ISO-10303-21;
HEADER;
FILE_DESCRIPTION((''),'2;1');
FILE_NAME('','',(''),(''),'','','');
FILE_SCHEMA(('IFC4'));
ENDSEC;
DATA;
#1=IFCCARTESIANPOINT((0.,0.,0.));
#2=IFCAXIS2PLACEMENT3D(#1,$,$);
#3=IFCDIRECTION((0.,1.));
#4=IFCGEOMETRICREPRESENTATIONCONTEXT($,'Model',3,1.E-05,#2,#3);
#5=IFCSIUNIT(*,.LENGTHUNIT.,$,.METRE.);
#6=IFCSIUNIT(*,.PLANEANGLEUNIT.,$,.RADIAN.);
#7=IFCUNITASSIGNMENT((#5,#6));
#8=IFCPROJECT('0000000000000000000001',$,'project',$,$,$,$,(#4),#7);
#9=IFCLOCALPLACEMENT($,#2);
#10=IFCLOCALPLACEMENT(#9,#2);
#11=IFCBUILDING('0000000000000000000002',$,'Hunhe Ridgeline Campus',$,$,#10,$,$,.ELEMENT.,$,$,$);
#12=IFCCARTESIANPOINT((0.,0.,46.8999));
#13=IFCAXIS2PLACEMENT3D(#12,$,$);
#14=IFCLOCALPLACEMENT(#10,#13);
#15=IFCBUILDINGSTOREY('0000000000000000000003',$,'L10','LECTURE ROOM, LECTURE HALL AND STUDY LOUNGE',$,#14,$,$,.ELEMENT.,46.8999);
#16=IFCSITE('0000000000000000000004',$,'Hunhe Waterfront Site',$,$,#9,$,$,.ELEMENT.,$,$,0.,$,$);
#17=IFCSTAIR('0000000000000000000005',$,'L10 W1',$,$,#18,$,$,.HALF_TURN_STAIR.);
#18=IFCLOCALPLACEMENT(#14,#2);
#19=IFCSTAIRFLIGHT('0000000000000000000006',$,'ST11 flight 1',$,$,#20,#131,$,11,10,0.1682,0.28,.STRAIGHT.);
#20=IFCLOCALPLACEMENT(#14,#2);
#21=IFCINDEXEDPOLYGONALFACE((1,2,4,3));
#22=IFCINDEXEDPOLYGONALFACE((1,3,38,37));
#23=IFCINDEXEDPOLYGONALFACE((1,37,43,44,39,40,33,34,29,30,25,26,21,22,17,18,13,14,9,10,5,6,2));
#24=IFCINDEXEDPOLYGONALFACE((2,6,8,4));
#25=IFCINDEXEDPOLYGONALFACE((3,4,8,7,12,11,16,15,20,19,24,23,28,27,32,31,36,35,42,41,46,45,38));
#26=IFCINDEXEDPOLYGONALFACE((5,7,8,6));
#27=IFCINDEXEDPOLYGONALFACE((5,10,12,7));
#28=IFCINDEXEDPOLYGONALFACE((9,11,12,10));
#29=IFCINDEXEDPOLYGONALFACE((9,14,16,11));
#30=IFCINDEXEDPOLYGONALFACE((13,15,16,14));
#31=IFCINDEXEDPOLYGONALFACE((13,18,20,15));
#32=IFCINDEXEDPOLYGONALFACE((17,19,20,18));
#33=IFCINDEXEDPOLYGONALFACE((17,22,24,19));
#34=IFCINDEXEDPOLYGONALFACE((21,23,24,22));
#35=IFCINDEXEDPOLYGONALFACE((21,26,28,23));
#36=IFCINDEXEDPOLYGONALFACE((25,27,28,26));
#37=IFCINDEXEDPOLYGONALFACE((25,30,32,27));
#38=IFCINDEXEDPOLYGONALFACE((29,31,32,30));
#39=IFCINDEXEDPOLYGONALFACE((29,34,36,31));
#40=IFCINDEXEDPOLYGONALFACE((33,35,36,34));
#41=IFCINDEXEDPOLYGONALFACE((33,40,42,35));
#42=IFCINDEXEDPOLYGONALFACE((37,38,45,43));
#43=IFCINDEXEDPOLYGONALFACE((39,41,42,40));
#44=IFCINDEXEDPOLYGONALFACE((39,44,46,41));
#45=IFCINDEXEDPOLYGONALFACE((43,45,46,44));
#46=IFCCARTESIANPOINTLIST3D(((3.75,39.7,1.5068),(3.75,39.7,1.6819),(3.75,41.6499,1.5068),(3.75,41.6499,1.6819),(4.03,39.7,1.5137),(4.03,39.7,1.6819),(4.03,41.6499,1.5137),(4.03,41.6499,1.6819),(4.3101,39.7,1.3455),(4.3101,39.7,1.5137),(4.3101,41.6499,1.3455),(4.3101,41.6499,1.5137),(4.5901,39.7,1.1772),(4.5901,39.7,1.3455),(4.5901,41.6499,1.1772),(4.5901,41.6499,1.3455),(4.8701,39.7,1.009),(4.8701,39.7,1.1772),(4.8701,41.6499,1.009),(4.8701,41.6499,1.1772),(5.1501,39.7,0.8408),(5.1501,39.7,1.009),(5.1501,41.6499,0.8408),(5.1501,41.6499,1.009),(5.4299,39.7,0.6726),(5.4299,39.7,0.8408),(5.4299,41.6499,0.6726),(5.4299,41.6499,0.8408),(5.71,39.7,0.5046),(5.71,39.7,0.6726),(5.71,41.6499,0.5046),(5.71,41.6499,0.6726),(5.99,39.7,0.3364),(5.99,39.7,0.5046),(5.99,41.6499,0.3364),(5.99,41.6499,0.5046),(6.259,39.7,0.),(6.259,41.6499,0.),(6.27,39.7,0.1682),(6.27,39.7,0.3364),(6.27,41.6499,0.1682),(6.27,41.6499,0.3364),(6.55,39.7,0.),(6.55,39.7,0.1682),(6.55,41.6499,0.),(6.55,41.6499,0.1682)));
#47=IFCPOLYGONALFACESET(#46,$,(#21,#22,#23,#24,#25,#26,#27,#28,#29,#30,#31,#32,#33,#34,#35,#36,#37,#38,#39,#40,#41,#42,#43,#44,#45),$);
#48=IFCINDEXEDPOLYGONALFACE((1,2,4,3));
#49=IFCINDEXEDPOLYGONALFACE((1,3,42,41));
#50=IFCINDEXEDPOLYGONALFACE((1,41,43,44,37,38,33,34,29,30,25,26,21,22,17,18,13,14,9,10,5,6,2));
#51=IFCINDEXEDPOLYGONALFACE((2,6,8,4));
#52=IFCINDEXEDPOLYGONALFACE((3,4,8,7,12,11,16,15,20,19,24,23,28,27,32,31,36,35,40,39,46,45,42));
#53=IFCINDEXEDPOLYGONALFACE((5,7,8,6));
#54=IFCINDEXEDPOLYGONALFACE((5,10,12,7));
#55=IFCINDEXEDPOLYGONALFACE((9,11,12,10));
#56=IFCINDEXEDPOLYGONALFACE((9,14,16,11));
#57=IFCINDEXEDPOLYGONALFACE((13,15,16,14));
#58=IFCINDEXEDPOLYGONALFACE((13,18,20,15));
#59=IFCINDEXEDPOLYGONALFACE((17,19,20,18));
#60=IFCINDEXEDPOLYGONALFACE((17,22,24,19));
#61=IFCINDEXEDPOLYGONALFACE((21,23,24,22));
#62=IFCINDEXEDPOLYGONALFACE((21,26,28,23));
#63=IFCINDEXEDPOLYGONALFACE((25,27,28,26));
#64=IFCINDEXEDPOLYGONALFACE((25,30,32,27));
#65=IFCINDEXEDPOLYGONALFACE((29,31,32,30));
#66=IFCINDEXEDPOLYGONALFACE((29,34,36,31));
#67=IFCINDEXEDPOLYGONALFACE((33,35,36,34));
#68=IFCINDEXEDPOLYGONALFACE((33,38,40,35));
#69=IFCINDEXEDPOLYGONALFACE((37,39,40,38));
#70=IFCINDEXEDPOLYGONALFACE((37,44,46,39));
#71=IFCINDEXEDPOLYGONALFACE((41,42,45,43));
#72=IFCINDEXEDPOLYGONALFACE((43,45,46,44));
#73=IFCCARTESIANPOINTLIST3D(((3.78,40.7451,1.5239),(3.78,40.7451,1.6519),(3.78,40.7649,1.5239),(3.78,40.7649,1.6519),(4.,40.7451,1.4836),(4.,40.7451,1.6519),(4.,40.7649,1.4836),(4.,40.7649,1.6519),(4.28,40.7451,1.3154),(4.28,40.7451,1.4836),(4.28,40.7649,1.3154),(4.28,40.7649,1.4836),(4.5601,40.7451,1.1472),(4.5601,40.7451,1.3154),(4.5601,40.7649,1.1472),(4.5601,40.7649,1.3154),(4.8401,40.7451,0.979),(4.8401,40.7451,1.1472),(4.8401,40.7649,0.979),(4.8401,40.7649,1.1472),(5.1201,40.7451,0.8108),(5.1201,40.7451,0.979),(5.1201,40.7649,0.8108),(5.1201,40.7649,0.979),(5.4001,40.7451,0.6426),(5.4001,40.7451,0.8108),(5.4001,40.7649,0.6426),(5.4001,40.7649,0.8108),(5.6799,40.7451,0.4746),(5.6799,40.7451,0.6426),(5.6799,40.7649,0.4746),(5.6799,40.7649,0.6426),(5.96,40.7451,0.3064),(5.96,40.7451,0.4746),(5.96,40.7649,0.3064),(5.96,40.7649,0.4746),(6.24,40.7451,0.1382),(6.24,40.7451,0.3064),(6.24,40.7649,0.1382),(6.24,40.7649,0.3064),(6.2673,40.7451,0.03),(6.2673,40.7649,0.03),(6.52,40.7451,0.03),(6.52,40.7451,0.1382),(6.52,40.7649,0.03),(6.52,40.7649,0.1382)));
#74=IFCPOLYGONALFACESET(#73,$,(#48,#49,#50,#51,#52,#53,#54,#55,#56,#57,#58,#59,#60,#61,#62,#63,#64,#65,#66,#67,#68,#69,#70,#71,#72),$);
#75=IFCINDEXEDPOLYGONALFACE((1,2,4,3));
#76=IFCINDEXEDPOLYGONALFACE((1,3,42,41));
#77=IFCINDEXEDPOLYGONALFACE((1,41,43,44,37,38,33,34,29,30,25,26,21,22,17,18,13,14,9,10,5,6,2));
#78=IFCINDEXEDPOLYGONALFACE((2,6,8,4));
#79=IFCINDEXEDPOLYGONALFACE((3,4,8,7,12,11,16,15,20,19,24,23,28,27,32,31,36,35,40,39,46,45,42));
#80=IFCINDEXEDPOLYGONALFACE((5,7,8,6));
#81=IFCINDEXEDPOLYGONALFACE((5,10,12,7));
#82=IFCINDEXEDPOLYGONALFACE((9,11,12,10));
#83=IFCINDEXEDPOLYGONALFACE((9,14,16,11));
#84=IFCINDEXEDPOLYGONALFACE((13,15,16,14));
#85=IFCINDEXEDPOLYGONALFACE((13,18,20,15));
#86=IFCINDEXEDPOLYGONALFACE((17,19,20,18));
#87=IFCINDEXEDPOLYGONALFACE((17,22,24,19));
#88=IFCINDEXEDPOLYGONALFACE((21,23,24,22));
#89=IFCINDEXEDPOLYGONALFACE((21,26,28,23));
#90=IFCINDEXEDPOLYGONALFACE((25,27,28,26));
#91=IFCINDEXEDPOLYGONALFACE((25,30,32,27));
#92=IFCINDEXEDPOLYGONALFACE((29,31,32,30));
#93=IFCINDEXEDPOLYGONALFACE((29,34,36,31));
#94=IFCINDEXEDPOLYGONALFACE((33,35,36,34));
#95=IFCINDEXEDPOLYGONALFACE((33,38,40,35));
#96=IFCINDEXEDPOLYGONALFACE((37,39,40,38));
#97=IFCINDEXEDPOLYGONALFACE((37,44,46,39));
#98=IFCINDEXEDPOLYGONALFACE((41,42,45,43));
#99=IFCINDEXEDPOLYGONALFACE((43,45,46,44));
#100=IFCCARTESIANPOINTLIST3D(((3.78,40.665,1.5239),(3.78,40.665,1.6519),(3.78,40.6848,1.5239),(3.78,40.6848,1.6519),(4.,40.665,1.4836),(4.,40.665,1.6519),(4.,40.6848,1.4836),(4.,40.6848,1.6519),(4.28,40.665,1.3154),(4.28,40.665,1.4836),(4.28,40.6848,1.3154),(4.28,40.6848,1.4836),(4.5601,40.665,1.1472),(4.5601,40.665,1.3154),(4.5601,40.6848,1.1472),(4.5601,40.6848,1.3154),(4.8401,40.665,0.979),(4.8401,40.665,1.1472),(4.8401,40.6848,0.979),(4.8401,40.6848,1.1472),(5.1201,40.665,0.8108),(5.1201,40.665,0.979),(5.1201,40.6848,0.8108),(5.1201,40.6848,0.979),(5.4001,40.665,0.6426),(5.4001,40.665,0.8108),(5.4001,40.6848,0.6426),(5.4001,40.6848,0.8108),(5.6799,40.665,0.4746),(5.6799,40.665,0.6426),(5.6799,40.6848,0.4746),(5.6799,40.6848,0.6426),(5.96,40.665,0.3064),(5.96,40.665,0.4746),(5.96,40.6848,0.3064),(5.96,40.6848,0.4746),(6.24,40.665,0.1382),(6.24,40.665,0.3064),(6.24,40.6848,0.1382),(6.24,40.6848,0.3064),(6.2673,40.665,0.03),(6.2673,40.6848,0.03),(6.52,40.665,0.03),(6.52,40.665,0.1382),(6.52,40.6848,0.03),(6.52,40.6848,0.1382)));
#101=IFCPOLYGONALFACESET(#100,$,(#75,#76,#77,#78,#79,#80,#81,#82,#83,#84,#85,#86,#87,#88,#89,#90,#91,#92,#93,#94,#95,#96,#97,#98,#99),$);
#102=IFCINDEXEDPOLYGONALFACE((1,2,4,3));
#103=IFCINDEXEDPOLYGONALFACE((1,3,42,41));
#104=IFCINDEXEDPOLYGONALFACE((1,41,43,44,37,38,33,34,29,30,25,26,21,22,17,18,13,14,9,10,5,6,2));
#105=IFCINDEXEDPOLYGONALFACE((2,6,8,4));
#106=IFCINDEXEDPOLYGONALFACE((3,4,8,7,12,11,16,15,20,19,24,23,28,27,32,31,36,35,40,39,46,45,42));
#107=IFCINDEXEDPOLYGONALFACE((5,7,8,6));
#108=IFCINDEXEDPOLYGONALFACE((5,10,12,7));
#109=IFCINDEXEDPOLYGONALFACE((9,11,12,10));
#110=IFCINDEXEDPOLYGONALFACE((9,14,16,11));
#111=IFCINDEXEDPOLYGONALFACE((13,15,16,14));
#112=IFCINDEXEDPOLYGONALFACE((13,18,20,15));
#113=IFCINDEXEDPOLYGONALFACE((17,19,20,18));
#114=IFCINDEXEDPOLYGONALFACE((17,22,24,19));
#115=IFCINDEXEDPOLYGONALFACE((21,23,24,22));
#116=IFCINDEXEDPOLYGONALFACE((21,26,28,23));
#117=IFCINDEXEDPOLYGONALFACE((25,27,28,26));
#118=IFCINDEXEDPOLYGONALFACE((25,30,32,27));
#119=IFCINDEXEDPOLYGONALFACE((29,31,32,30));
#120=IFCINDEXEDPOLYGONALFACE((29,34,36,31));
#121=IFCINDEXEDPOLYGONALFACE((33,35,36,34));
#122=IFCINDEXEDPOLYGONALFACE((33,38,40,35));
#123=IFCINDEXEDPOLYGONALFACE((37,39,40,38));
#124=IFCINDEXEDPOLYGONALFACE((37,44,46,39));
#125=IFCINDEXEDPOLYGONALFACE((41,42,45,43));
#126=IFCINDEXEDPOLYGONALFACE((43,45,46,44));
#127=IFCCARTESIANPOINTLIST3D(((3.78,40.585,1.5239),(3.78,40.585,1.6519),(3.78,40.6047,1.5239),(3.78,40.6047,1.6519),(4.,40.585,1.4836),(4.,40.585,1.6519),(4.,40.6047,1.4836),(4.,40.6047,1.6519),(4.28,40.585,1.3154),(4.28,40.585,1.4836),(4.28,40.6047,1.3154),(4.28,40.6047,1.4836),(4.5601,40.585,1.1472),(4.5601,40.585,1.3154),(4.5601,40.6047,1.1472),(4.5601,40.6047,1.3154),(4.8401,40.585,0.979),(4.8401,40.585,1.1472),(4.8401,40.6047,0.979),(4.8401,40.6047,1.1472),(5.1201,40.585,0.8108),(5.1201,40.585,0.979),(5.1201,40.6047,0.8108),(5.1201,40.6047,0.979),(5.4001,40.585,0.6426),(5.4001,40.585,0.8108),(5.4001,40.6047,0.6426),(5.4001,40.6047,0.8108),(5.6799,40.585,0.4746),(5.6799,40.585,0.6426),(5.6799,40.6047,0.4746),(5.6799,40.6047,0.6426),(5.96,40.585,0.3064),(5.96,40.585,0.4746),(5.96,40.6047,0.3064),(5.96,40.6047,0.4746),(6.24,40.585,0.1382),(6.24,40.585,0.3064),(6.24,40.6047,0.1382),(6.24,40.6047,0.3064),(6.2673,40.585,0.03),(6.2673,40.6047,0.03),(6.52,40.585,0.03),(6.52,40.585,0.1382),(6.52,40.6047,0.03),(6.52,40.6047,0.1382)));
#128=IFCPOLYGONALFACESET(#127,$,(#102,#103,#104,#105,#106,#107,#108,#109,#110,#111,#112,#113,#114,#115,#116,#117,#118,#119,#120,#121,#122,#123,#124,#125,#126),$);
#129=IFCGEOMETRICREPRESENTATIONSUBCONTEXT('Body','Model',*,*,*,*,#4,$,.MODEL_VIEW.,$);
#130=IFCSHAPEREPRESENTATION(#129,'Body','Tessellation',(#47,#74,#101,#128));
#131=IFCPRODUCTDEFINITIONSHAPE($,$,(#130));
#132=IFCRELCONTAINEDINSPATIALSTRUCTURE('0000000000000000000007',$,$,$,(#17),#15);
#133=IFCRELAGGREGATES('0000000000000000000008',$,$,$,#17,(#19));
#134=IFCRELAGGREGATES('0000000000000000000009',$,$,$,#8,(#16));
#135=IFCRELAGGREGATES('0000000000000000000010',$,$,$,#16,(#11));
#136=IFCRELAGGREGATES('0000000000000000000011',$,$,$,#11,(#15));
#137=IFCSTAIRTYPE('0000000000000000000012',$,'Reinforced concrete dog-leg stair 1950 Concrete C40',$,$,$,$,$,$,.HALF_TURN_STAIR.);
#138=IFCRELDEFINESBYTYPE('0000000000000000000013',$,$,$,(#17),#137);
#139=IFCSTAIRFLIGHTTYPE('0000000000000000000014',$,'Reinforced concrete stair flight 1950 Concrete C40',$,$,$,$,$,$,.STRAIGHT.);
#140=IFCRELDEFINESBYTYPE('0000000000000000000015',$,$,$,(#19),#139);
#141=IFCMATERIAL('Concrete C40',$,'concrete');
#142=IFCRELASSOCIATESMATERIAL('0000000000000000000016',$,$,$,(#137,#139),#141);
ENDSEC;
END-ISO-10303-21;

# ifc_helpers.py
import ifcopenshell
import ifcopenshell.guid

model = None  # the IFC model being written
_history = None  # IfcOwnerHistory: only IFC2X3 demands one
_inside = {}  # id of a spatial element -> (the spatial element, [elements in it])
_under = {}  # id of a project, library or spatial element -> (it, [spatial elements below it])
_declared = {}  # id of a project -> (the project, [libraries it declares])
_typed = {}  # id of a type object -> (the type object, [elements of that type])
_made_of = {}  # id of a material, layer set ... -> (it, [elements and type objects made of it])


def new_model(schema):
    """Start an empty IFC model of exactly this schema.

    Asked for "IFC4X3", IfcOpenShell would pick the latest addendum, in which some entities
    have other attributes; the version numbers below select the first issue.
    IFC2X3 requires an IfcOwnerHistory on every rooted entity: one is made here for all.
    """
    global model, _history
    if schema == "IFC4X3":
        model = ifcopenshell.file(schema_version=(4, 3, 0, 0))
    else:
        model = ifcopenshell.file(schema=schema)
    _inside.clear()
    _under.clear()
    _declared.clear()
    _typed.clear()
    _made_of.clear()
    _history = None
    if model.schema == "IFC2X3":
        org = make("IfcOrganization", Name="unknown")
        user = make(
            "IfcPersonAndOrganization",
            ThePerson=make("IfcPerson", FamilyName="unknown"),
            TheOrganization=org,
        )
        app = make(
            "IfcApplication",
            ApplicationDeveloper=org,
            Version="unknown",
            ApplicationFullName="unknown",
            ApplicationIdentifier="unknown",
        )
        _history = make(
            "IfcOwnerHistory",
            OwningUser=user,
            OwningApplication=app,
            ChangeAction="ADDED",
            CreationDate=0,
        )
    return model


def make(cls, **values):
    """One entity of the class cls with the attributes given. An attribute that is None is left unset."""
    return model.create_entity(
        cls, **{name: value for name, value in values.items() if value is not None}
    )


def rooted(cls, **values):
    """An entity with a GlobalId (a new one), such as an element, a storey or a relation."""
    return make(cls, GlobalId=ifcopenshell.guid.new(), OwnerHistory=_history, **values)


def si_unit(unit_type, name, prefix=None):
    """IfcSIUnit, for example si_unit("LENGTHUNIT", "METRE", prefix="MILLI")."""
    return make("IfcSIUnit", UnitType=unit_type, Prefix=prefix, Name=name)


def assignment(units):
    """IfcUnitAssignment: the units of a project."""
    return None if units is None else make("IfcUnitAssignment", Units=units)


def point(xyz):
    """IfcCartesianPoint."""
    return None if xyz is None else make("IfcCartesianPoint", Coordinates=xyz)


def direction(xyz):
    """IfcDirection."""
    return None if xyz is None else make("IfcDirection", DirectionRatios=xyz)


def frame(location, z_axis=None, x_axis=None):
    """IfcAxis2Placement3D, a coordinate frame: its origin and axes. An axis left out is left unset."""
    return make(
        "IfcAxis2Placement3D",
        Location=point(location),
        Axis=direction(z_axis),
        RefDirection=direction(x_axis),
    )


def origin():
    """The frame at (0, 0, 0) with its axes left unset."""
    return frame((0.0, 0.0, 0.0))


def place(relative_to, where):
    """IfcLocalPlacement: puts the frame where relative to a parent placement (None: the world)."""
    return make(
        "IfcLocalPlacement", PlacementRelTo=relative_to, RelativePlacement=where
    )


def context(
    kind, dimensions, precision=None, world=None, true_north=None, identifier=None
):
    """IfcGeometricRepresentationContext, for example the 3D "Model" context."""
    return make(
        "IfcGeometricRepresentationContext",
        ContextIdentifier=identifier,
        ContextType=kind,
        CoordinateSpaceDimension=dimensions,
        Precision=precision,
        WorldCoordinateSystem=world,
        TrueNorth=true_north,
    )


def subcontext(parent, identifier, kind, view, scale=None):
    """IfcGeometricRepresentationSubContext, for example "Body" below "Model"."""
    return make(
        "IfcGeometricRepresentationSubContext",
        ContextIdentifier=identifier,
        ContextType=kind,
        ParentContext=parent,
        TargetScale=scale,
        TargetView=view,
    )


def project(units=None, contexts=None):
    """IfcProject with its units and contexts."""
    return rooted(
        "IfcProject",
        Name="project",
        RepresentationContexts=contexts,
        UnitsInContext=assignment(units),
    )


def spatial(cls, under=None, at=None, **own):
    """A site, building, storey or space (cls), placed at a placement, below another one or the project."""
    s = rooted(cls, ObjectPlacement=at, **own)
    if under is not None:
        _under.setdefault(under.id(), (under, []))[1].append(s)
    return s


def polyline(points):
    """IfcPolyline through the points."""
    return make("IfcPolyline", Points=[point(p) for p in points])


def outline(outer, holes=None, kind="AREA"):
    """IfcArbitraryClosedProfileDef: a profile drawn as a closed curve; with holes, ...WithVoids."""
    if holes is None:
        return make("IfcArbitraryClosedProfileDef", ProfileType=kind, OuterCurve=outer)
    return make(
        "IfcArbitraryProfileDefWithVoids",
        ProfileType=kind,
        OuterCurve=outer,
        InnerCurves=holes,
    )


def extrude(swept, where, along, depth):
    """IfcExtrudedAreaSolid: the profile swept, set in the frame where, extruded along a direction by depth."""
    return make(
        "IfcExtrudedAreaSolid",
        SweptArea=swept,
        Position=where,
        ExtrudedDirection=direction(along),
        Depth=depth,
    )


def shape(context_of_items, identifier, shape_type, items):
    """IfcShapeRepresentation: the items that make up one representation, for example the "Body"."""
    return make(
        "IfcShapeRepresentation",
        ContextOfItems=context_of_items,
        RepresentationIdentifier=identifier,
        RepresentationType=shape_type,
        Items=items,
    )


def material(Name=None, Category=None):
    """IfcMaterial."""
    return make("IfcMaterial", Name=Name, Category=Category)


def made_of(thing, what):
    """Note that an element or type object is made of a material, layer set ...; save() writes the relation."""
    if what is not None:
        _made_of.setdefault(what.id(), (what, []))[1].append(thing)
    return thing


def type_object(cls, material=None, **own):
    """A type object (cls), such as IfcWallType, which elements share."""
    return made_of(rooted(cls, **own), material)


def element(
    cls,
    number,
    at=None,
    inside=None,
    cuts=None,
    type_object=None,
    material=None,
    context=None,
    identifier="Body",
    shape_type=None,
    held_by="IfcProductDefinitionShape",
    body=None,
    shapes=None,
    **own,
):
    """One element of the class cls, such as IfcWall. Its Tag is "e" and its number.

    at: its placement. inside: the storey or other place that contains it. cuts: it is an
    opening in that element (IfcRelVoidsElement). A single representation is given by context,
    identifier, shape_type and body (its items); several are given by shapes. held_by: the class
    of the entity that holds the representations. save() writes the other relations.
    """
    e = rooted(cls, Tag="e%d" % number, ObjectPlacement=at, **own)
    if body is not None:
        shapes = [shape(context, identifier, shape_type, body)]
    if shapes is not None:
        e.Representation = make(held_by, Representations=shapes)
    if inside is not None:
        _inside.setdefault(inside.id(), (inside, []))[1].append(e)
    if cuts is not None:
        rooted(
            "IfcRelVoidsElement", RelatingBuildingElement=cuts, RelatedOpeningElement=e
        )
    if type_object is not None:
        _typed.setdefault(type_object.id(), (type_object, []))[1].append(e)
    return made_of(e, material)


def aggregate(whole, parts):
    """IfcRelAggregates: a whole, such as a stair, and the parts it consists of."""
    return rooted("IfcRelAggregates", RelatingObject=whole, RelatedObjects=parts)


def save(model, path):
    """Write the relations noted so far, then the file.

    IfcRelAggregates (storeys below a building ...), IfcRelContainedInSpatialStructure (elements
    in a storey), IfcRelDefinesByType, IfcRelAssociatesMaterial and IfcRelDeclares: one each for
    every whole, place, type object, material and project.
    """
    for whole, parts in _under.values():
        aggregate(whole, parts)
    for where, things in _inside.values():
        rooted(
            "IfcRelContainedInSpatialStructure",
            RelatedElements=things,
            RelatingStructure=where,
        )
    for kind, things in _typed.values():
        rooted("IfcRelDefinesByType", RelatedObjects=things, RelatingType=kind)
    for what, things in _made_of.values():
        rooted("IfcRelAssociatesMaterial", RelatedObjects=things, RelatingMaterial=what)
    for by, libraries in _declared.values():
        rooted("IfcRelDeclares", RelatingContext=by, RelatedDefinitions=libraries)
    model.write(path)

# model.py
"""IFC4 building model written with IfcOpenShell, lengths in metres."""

from ifc_helpers import new_model, si_unit, direction, frame, origin, place, context, subcontext, project, spatial, polyline, outline, extrude, material, type_object, element, aggregate, save


model = new_model("IFC4")

# Units and contexts
model_context = context("Model", 3, precision=1e-05, world=origin(), true_north=direction((0.0, 1.0)))
body_context = subcontext(model_context, "Body", "Model", "MODEL_VIEW")
ifc_project = project(units=[si_unit("LENGTHUNIT", "METRE"), si_unit("PLANEANGLEUNIT", "RADIAN")], contexts=[model_context])

# Site, building, storey
site_placement = place(None, origin())
site = spatial("IfcSite", under=ifc_project, at=site_placement, Name="Hunhe Waterfront Site", CompositionType="ELEMENT", RefElevation=0.0)
building_placement = place(site_placement, origin())
building = spatial("IfcBuilding", under=site, at=building_placement, Name="Hunhe Ridgeline Campus", CompositionType="ELEMENT")
storey_placement = place(building_placement, frame((0.0, 0.0, 46.8999)))
storey = spatial("IfcBuildingStorey", under=building, at=storey_placement, Name="L10", Description="LECTURE ROOM, LECTURE HALL AND STUDY LOUNGE", CompositionType="ELEMENT", Elevation=46.8999)

# Stair, stair flight
ifc_material_1 = material(Name="Concrete C40", Category="concrete")
stair_type = type_object("IfcStairType", Name="Reinforced concrete dog-leg stair 1950 Concrete C40", PredefinedType="HALF_TURN_STAIR", material=ifc_material_1)
stair_placement = place(storey_placement, origin())
stair = element("IfcStair", 1, at=stair_placement, inside=storey, type_object=stair_type, Name="L10 W1", PredefinedType="HALF_TURN_STAIR")
stair_flight_type = type_object("IfcStairFlightType", Name="Reinforced concrete stair flight 1950 Concrete C40", PredefinedType="STRAIGHT", material=ifc_material_1)
stair_flight_1_placement = place(storey_placement, frame((6.55, 40.675, 0.0), z_axis=(0.0, 0.0, 1.0), x_axis=(-1.0, 0.0, 0.0)))
stair_flight_1 = element("IfcStairFlight", 2, at=stair_flight_1_placement, type_object=stair_flight_type, Name="ST11 flight 1", NumberOfRisers=11, NumberOfTreads=10, PredefinedType="STRAIGHT", RiserHeight=0.1682, TreadLength=0.28, context=body_context, shape_type="SweptSolid", body=[
    extrude(outline(polyline([(0.0, 0.0), (0.0, 0.1682), (0.28, 0.1682), (0.28, 0.3364), (0.5601, 0.3364), (0.5601, 0.5046), (0.8401, 0.5046), (0.8401, 0.6726), (1.1201, 0.6726), (1.1201, 0.8408), (1.3999, 0.8408), (1.3999, 1.009), (1.6799, 1.009), (1.6799, 1.1772), (1.96, 1.1772), (1.96, 1.3455), (2.24, 1.3455), (2.24, 1.5137), (2.52, 1.5137), (2.52, 1.6819), (2.8, 1.6819), (2.8, 1.8501), (2.8, 1.5068), (0.291, 0.0), (0.0, 0.0)])), frame((0.0, 0.9751, 0.0), z_axis=(0.0, -1.0, 0.0), x_axis=(1.0, 0.0, 0.0)), (0.0, 0.0, 1.0), 1.95),
    extrude(outline(polyline([(0.03, 0.03), (0.03, 0.1382), (0.3101, 0.1382), (0.3101, 0.3064), (0.5901, 0.3064), (0.5901, 0.4746), (0.8701, 0.4746), (0.8701, 0.6426), (1.1499, 0.6426), (1.1499, 0.8108), (1.4299, 0.8108), (1.4299, 0.979), (1.71, 0.979), (1.71, 1.1472), (1.99, 1.1472), (1.99, 1.3154), (2.27, 1.3154), (2.27, 1.4836), (2.55, 1.4836), (2.55, 1.6519), (2.77, 1.6519), (2.77, 1.5239), (0.2827, 0.03), (0.03, 0.03)])), frame((0.0, -0.0701, 0.0), z_axis=(0.0, -1.0, 0.0), x_axis=(1.0, 0.0, 0.0)), (0.0, 0.0, 1.0), 0.0198),
    extrude(outline(polyline([(0.03, 0.03), (0.03, 0.1382), (0.3101, 0.1382), (0.3101, 0.3064), (0.5901, 0.3064), (0.5901, 0.4746), (0.8701, 0.4746), (0.8701, 0.6426), (1.1499, 0.6426), (1.1499, 0.8108), (1.4299, 0.8108), (1.4299, 0.979), (1.71, 0.979), (1.71, 1.1472), (1.99, 1.1472), (1.99, 1.3154), (2.27, 1.3154), (2.27, 1.4836), (2.55, 1.4836), (2.55, 1.6519), (2.77, 1.6519), (2.77, 1.5239), (0.2827, 0.03), (0.03, 0.03)])), frame((0.0, 0.01, 0.0), z_axis=(0.0, -1.0, 0.0), x_axis=(1.0, 0.0, 0.0)), (0.0, 0.0, 1.0), 0.0198),
    extrude(outline(polyline([(0.03, 0.03), (0.03, 0.1382), (0.3101, 0.1382), (0.3101, 0.3064), (0.5901, 0.3064), (0.5901, 0.4746), (0.8701, 0.4746), (0.8701, 0.6426), (1.1499, 0.6426), (1.1499, 0.8108), (1.4299, 0.8108), (1.4299, 0.979), (1.71, 0.979), (1.71, 1.1472), (1.99, 1.1472), (1.99, 1.3154), (2.27, 1.3154), (2.27, 1.4836), (2.55, 1.4836), (2.55, 1.6519), (2.77, 1.6519), (2.77, 1.5239), (0.2827, 0.03), (0.03, 0.03)])), frame((0.0, 0.0901, 0.0), z_axis=(0.0, -1.0, 0.0), x_axis=(1.0, 0.0, 0.0)), (0.0, 0.0, 1.0), 0.0198),
])
aggregate(stair, [stair_flight_1])

save(model, "model.ifc")
